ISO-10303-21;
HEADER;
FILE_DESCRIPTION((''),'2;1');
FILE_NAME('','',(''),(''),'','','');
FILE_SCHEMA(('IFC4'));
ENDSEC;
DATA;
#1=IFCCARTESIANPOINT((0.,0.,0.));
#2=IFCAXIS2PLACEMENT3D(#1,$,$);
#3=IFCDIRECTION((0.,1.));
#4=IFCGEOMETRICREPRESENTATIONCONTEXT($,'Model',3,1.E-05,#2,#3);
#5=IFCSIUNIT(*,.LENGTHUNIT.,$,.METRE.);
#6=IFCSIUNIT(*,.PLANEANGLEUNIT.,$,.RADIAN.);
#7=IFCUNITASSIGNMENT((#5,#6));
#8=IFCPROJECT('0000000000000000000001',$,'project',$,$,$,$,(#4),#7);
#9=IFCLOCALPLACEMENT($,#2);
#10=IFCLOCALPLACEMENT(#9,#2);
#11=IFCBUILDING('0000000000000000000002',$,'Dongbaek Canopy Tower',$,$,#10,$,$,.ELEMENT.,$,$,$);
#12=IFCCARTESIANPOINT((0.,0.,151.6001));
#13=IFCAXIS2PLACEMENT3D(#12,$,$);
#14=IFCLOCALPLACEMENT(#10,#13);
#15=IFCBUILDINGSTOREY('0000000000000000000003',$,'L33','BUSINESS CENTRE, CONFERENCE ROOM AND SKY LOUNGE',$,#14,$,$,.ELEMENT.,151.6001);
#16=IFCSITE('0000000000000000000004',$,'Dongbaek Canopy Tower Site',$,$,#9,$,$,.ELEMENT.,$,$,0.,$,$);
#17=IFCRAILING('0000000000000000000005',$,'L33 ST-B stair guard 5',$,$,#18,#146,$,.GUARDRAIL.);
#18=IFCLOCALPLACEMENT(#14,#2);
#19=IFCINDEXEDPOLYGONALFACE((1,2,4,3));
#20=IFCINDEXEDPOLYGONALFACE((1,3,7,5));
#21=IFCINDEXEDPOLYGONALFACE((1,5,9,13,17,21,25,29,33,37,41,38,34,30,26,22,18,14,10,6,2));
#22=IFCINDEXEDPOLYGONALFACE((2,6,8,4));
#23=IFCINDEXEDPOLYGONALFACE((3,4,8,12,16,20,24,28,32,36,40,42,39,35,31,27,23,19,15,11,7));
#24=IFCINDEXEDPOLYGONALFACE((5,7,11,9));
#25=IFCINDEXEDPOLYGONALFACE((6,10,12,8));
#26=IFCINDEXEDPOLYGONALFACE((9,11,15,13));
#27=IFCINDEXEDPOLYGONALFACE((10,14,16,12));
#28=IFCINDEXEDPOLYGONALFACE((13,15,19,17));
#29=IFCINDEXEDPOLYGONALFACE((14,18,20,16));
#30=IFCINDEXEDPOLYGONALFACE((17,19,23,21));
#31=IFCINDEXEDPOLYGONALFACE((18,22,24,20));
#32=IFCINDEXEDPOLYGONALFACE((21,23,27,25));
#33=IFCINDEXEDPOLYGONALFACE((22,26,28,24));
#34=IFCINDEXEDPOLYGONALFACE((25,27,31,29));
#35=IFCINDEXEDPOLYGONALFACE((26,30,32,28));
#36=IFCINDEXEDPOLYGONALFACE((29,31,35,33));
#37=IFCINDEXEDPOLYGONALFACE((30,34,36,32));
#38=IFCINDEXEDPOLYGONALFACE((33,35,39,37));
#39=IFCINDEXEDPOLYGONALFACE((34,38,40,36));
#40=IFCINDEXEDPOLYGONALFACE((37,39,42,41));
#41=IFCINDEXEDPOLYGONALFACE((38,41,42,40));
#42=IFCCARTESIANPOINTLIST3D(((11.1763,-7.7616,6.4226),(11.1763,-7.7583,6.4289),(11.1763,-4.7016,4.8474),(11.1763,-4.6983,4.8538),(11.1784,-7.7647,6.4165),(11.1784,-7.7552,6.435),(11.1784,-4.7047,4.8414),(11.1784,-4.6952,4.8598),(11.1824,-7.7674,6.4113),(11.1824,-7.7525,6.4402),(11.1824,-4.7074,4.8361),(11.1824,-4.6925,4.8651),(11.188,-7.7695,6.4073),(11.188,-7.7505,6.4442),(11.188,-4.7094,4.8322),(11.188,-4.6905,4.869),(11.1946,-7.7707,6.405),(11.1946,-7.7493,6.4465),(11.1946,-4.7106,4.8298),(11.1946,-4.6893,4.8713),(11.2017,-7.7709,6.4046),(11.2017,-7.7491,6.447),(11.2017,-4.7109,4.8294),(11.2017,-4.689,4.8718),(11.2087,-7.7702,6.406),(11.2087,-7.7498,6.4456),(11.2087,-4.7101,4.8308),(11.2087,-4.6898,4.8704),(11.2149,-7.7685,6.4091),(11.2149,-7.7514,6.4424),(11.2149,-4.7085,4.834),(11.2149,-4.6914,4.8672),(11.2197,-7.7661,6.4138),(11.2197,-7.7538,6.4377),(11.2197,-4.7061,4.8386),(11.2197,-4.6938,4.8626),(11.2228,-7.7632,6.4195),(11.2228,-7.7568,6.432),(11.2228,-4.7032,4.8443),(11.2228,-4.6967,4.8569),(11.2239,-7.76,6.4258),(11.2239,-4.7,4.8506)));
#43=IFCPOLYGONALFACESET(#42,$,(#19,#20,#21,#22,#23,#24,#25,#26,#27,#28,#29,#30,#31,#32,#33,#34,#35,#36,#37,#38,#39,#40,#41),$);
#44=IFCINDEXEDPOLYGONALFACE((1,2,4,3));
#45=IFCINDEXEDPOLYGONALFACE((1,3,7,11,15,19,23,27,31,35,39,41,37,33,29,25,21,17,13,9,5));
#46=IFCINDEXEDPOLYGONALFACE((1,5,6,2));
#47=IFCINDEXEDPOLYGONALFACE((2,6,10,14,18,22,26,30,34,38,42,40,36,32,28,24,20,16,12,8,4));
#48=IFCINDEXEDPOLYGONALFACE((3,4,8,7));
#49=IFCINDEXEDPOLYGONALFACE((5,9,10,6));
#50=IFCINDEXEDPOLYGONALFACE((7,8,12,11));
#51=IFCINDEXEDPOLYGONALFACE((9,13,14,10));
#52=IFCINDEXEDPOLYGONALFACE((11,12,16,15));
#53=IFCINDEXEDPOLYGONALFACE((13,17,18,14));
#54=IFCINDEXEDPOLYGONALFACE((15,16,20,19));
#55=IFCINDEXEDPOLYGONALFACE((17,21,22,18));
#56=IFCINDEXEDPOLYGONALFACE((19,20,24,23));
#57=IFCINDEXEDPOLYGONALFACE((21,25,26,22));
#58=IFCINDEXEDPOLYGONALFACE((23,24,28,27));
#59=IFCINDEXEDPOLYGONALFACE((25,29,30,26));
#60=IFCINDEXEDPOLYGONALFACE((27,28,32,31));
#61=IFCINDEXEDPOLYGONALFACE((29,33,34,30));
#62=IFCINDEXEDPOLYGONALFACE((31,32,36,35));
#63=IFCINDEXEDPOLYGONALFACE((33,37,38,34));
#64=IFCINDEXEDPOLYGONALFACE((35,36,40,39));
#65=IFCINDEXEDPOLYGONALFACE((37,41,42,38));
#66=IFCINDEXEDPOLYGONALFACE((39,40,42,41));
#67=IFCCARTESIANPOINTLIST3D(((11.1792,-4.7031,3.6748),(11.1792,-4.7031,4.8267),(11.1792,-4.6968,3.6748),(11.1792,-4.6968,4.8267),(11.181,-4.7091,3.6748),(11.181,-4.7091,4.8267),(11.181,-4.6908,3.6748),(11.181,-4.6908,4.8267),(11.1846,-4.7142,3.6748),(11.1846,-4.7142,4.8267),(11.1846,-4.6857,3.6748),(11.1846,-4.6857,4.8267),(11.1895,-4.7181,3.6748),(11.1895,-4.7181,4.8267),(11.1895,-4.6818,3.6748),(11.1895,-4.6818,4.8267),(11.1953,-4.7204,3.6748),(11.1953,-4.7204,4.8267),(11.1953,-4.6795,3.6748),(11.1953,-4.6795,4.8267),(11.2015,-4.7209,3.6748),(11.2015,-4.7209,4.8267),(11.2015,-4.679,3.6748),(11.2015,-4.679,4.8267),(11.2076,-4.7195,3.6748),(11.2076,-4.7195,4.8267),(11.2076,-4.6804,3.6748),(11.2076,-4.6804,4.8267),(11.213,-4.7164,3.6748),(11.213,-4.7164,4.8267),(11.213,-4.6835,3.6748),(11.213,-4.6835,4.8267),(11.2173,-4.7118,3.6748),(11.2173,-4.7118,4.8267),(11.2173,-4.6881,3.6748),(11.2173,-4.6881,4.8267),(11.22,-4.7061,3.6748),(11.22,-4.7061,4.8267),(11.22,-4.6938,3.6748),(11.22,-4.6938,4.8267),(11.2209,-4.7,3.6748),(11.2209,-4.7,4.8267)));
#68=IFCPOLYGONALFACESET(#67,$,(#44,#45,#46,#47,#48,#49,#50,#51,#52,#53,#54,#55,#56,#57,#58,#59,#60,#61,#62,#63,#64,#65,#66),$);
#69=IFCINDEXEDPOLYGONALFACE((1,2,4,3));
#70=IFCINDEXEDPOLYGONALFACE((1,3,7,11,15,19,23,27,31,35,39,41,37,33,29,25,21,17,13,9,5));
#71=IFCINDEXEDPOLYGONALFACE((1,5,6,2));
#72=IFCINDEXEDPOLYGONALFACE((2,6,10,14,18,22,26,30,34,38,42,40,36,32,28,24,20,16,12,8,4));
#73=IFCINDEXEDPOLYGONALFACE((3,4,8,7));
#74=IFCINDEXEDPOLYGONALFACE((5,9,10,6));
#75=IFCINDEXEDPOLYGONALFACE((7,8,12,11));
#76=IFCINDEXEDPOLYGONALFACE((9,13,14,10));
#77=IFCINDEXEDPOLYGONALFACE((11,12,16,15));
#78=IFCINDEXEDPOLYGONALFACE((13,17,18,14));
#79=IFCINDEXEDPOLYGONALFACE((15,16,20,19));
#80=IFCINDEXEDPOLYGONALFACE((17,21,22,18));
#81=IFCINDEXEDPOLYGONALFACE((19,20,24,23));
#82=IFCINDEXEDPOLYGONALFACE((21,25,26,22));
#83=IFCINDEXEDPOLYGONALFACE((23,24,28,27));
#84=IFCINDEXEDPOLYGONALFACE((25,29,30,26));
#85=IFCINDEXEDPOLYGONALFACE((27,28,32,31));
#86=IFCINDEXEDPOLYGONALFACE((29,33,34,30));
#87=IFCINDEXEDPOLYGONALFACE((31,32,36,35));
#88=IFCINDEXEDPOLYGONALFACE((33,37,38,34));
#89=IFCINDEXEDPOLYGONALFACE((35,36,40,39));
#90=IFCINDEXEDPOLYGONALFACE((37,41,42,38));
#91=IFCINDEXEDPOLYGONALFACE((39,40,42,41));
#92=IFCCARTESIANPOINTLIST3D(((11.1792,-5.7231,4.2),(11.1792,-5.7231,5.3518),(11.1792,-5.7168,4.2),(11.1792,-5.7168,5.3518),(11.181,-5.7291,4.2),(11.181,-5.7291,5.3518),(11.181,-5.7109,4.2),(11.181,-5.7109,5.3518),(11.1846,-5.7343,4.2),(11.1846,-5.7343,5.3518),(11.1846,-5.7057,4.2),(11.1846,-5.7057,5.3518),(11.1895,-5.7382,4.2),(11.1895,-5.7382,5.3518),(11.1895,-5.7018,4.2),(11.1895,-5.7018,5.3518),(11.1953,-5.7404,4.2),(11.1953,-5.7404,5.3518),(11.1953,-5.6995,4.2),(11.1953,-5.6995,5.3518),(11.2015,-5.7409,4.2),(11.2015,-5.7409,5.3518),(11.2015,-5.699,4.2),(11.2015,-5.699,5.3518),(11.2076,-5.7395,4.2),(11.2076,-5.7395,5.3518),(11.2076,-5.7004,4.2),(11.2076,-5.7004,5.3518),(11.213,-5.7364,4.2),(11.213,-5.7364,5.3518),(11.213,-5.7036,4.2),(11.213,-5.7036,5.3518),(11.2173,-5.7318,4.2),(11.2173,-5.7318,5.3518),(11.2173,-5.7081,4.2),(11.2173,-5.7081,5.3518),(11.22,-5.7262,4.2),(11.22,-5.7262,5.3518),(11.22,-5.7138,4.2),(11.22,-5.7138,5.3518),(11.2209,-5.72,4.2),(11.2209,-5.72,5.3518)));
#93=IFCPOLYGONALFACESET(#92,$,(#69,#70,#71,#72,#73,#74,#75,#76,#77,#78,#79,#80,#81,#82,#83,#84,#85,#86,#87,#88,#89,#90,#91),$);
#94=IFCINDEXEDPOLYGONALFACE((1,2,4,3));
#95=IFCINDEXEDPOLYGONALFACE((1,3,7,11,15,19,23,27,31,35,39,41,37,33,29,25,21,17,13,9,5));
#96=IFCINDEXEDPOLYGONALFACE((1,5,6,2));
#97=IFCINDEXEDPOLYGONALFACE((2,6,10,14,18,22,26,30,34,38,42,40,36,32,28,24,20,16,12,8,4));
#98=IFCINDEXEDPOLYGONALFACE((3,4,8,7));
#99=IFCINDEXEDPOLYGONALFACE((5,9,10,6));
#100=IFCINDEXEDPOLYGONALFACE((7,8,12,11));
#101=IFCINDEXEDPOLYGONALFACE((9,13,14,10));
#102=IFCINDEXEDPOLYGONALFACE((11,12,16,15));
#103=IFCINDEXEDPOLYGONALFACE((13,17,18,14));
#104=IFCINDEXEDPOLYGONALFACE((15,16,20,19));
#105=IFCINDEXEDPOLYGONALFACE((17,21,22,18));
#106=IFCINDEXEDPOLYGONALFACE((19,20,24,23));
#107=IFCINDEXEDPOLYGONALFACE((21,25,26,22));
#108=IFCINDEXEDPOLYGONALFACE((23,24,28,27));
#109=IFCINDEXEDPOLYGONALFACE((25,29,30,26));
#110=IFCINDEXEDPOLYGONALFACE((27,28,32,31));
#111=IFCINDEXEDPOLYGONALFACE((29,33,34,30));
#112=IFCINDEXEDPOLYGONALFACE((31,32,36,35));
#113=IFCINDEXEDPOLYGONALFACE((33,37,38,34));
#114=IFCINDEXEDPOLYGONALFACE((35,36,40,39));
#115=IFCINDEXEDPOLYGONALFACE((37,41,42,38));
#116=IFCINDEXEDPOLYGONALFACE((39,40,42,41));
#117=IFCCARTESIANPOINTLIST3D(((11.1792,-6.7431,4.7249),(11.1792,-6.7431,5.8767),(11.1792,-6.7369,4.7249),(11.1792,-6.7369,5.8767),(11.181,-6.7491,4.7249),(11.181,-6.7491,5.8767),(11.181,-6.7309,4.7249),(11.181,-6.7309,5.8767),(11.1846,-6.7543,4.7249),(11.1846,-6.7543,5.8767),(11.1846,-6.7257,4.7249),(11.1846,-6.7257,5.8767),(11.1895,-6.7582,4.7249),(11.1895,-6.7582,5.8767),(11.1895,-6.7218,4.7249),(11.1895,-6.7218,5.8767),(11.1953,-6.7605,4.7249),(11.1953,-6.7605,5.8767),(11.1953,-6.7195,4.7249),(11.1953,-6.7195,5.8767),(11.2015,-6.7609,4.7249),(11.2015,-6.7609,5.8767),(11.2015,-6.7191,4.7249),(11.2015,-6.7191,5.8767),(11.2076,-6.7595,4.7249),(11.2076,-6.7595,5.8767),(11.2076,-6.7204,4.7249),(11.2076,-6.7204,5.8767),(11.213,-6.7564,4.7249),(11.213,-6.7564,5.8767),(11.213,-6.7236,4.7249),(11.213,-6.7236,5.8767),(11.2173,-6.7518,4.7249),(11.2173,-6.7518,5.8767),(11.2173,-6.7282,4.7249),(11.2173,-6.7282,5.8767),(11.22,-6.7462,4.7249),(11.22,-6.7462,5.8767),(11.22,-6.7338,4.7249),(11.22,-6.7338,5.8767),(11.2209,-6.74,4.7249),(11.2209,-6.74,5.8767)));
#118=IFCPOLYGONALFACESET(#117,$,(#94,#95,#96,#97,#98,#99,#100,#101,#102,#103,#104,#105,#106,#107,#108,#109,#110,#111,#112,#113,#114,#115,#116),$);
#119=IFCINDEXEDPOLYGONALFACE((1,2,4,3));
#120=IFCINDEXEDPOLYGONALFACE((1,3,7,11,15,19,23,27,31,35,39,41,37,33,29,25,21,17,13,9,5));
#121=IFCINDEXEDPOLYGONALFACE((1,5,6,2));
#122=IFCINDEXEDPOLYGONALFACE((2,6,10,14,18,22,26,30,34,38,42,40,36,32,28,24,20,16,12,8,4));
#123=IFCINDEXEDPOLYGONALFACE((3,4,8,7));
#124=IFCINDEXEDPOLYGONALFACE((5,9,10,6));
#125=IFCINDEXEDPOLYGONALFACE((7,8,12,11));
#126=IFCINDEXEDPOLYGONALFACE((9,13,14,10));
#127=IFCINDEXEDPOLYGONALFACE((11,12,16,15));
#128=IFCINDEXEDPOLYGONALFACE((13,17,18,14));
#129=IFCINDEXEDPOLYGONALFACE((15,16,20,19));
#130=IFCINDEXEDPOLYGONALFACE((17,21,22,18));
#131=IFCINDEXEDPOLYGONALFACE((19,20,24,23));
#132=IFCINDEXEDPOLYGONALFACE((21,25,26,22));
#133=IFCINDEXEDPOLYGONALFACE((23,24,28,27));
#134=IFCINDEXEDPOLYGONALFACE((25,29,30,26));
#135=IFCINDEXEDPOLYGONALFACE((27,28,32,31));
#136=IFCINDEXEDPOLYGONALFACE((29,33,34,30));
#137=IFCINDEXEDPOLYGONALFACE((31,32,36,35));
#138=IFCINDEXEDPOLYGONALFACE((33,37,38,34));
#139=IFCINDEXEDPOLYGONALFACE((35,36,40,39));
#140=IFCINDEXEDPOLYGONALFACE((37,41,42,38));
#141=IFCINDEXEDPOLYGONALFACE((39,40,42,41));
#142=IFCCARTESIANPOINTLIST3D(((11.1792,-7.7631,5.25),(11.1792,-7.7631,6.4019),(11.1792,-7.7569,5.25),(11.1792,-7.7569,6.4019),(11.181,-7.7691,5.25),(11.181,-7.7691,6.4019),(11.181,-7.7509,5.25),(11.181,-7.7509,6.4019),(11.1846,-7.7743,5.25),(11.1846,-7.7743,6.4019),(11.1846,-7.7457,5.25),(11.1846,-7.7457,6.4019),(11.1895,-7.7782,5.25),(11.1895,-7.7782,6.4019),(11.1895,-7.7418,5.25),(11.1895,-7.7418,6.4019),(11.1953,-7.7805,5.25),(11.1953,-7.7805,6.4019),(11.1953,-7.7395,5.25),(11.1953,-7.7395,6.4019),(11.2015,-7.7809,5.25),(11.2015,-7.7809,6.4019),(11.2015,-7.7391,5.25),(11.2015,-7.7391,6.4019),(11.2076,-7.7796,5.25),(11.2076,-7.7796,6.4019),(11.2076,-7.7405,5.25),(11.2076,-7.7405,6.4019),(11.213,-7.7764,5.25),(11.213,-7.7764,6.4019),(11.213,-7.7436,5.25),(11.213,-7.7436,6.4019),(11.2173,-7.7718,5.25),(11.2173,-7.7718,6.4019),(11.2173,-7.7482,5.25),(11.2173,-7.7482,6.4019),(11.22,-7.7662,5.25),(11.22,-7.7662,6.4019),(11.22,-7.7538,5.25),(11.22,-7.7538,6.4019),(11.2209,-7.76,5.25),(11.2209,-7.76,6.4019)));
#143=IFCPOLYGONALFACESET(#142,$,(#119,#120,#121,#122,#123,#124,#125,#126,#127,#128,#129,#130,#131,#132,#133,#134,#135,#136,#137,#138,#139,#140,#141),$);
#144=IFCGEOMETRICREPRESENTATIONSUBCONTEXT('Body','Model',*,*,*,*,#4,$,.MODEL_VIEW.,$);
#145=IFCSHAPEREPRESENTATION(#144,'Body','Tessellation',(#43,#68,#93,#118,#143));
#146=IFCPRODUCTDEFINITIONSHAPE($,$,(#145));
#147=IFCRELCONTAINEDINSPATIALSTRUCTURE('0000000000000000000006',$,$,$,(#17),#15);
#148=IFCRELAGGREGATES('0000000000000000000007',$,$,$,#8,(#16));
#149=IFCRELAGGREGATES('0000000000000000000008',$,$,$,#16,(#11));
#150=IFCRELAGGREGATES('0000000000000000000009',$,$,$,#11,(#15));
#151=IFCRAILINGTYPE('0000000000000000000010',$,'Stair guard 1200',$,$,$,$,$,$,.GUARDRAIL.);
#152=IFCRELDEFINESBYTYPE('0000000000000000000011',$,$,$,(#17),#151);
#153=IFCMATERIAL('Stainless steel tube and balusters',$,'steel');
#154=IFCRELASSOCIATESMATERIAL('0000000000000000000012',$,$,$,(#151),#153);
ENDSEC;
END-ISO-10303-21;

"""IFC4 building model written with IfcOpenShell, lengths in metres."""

from ifc_helpers import new_model, si_unit, direction, frame, origin, origin_2d, place, context, subcontext, project, spatial, circle, extrude, material, type_object, element, save


model = new_model("IFC4")

# Units and contexts
model_context = context("Model", 3, precision=1e-05, world=origin(), true_north=direction((0.0, 1.0)))
body_context = subcontext(model_context, "Body", "Model", "MODEL_VIEW")
ifc_project = project(units=[si_unit("LENGTHUNIT", "METRE"), si_unit("PLANEANGLEUNIT", "RADIAN")], contexts=[model_context])

# Site, building, storey
site_placement = place(None, origin())
site = spatial("IfcSite", under=ifc_project, at=site_placement, Name="Dongbaek Canopy Tower Site", CompositionType="ELEMENT", RefElevation=0.0)
building_placement = place(site_placement, origin())
building = spatial("IfcBuilding", under=site, at=building_placement, Name="Dongbaek Canopy Tower", CompositionType="ELEMENT")
storey_placement = place(building_placement, frame((0.0, 0.0, 151.6001)))
storey = spatial("IfcBuildingStorey", under=building, at=storey_placement, Name="L33", Description="BUSINESS CENTRE, CONFERENCE ROOM AND SKY LOUNGE", CompositionType="ELEMENT", Elevation=151.6001)

# Railing
ifc_material_1 = material(Name="Stainless steel tube and balusters", Category="steel")
railing_type_1 = type_object("IfcRailingType", Name="Stair guard 1200", PredefinedType="GUARDRAIL", material=ifc_material_1)
railing_1_placement = place(storey_placement, frame((11.2, -4.7, 3.6748)))
element("IfcRailing", 1, at=railing_1_placement, inside=storey, type_object=railing_type_1, Name="L33 ST-B stair guard 5", PredefinedType="GUARDRAIL", context=body_context, shape_type="SweptSolid", body=[
    extrude(circle(Radius=0.0239, at=origin_2d()), frame((0.0, 0.0, 1.1758), z_axis=(0.0, -0.889116, 0.457681), x_axis=(1.0, 0.0, 0.0)), (0.0, 0.0, 1.0), 3.4417),
    extrude(circle(Radius=0.021, at=origin_2d()), origin(), (0.0, 0.0, 1.0), 1.1519),
    extrude(circle(Radius=0.021, at=origin_2d()), frame((0.0, -1.02, 0.5251)), (0.0, 0.0, 1.0), 1.1519),
    extrude(circle(Radius=0.021, at=origin_2d()), frame((0.0, -2.04, 1.05)), (0.0, 0.0, 1.0), 1.1519),
    extrude(circle(Radius=0.021, at=origin_2d()), frame((0.0, -3.0601, 1.5752)), (0.0, 0.0, 1.0), 1.1519),
])

save(model, "model.ifc")
